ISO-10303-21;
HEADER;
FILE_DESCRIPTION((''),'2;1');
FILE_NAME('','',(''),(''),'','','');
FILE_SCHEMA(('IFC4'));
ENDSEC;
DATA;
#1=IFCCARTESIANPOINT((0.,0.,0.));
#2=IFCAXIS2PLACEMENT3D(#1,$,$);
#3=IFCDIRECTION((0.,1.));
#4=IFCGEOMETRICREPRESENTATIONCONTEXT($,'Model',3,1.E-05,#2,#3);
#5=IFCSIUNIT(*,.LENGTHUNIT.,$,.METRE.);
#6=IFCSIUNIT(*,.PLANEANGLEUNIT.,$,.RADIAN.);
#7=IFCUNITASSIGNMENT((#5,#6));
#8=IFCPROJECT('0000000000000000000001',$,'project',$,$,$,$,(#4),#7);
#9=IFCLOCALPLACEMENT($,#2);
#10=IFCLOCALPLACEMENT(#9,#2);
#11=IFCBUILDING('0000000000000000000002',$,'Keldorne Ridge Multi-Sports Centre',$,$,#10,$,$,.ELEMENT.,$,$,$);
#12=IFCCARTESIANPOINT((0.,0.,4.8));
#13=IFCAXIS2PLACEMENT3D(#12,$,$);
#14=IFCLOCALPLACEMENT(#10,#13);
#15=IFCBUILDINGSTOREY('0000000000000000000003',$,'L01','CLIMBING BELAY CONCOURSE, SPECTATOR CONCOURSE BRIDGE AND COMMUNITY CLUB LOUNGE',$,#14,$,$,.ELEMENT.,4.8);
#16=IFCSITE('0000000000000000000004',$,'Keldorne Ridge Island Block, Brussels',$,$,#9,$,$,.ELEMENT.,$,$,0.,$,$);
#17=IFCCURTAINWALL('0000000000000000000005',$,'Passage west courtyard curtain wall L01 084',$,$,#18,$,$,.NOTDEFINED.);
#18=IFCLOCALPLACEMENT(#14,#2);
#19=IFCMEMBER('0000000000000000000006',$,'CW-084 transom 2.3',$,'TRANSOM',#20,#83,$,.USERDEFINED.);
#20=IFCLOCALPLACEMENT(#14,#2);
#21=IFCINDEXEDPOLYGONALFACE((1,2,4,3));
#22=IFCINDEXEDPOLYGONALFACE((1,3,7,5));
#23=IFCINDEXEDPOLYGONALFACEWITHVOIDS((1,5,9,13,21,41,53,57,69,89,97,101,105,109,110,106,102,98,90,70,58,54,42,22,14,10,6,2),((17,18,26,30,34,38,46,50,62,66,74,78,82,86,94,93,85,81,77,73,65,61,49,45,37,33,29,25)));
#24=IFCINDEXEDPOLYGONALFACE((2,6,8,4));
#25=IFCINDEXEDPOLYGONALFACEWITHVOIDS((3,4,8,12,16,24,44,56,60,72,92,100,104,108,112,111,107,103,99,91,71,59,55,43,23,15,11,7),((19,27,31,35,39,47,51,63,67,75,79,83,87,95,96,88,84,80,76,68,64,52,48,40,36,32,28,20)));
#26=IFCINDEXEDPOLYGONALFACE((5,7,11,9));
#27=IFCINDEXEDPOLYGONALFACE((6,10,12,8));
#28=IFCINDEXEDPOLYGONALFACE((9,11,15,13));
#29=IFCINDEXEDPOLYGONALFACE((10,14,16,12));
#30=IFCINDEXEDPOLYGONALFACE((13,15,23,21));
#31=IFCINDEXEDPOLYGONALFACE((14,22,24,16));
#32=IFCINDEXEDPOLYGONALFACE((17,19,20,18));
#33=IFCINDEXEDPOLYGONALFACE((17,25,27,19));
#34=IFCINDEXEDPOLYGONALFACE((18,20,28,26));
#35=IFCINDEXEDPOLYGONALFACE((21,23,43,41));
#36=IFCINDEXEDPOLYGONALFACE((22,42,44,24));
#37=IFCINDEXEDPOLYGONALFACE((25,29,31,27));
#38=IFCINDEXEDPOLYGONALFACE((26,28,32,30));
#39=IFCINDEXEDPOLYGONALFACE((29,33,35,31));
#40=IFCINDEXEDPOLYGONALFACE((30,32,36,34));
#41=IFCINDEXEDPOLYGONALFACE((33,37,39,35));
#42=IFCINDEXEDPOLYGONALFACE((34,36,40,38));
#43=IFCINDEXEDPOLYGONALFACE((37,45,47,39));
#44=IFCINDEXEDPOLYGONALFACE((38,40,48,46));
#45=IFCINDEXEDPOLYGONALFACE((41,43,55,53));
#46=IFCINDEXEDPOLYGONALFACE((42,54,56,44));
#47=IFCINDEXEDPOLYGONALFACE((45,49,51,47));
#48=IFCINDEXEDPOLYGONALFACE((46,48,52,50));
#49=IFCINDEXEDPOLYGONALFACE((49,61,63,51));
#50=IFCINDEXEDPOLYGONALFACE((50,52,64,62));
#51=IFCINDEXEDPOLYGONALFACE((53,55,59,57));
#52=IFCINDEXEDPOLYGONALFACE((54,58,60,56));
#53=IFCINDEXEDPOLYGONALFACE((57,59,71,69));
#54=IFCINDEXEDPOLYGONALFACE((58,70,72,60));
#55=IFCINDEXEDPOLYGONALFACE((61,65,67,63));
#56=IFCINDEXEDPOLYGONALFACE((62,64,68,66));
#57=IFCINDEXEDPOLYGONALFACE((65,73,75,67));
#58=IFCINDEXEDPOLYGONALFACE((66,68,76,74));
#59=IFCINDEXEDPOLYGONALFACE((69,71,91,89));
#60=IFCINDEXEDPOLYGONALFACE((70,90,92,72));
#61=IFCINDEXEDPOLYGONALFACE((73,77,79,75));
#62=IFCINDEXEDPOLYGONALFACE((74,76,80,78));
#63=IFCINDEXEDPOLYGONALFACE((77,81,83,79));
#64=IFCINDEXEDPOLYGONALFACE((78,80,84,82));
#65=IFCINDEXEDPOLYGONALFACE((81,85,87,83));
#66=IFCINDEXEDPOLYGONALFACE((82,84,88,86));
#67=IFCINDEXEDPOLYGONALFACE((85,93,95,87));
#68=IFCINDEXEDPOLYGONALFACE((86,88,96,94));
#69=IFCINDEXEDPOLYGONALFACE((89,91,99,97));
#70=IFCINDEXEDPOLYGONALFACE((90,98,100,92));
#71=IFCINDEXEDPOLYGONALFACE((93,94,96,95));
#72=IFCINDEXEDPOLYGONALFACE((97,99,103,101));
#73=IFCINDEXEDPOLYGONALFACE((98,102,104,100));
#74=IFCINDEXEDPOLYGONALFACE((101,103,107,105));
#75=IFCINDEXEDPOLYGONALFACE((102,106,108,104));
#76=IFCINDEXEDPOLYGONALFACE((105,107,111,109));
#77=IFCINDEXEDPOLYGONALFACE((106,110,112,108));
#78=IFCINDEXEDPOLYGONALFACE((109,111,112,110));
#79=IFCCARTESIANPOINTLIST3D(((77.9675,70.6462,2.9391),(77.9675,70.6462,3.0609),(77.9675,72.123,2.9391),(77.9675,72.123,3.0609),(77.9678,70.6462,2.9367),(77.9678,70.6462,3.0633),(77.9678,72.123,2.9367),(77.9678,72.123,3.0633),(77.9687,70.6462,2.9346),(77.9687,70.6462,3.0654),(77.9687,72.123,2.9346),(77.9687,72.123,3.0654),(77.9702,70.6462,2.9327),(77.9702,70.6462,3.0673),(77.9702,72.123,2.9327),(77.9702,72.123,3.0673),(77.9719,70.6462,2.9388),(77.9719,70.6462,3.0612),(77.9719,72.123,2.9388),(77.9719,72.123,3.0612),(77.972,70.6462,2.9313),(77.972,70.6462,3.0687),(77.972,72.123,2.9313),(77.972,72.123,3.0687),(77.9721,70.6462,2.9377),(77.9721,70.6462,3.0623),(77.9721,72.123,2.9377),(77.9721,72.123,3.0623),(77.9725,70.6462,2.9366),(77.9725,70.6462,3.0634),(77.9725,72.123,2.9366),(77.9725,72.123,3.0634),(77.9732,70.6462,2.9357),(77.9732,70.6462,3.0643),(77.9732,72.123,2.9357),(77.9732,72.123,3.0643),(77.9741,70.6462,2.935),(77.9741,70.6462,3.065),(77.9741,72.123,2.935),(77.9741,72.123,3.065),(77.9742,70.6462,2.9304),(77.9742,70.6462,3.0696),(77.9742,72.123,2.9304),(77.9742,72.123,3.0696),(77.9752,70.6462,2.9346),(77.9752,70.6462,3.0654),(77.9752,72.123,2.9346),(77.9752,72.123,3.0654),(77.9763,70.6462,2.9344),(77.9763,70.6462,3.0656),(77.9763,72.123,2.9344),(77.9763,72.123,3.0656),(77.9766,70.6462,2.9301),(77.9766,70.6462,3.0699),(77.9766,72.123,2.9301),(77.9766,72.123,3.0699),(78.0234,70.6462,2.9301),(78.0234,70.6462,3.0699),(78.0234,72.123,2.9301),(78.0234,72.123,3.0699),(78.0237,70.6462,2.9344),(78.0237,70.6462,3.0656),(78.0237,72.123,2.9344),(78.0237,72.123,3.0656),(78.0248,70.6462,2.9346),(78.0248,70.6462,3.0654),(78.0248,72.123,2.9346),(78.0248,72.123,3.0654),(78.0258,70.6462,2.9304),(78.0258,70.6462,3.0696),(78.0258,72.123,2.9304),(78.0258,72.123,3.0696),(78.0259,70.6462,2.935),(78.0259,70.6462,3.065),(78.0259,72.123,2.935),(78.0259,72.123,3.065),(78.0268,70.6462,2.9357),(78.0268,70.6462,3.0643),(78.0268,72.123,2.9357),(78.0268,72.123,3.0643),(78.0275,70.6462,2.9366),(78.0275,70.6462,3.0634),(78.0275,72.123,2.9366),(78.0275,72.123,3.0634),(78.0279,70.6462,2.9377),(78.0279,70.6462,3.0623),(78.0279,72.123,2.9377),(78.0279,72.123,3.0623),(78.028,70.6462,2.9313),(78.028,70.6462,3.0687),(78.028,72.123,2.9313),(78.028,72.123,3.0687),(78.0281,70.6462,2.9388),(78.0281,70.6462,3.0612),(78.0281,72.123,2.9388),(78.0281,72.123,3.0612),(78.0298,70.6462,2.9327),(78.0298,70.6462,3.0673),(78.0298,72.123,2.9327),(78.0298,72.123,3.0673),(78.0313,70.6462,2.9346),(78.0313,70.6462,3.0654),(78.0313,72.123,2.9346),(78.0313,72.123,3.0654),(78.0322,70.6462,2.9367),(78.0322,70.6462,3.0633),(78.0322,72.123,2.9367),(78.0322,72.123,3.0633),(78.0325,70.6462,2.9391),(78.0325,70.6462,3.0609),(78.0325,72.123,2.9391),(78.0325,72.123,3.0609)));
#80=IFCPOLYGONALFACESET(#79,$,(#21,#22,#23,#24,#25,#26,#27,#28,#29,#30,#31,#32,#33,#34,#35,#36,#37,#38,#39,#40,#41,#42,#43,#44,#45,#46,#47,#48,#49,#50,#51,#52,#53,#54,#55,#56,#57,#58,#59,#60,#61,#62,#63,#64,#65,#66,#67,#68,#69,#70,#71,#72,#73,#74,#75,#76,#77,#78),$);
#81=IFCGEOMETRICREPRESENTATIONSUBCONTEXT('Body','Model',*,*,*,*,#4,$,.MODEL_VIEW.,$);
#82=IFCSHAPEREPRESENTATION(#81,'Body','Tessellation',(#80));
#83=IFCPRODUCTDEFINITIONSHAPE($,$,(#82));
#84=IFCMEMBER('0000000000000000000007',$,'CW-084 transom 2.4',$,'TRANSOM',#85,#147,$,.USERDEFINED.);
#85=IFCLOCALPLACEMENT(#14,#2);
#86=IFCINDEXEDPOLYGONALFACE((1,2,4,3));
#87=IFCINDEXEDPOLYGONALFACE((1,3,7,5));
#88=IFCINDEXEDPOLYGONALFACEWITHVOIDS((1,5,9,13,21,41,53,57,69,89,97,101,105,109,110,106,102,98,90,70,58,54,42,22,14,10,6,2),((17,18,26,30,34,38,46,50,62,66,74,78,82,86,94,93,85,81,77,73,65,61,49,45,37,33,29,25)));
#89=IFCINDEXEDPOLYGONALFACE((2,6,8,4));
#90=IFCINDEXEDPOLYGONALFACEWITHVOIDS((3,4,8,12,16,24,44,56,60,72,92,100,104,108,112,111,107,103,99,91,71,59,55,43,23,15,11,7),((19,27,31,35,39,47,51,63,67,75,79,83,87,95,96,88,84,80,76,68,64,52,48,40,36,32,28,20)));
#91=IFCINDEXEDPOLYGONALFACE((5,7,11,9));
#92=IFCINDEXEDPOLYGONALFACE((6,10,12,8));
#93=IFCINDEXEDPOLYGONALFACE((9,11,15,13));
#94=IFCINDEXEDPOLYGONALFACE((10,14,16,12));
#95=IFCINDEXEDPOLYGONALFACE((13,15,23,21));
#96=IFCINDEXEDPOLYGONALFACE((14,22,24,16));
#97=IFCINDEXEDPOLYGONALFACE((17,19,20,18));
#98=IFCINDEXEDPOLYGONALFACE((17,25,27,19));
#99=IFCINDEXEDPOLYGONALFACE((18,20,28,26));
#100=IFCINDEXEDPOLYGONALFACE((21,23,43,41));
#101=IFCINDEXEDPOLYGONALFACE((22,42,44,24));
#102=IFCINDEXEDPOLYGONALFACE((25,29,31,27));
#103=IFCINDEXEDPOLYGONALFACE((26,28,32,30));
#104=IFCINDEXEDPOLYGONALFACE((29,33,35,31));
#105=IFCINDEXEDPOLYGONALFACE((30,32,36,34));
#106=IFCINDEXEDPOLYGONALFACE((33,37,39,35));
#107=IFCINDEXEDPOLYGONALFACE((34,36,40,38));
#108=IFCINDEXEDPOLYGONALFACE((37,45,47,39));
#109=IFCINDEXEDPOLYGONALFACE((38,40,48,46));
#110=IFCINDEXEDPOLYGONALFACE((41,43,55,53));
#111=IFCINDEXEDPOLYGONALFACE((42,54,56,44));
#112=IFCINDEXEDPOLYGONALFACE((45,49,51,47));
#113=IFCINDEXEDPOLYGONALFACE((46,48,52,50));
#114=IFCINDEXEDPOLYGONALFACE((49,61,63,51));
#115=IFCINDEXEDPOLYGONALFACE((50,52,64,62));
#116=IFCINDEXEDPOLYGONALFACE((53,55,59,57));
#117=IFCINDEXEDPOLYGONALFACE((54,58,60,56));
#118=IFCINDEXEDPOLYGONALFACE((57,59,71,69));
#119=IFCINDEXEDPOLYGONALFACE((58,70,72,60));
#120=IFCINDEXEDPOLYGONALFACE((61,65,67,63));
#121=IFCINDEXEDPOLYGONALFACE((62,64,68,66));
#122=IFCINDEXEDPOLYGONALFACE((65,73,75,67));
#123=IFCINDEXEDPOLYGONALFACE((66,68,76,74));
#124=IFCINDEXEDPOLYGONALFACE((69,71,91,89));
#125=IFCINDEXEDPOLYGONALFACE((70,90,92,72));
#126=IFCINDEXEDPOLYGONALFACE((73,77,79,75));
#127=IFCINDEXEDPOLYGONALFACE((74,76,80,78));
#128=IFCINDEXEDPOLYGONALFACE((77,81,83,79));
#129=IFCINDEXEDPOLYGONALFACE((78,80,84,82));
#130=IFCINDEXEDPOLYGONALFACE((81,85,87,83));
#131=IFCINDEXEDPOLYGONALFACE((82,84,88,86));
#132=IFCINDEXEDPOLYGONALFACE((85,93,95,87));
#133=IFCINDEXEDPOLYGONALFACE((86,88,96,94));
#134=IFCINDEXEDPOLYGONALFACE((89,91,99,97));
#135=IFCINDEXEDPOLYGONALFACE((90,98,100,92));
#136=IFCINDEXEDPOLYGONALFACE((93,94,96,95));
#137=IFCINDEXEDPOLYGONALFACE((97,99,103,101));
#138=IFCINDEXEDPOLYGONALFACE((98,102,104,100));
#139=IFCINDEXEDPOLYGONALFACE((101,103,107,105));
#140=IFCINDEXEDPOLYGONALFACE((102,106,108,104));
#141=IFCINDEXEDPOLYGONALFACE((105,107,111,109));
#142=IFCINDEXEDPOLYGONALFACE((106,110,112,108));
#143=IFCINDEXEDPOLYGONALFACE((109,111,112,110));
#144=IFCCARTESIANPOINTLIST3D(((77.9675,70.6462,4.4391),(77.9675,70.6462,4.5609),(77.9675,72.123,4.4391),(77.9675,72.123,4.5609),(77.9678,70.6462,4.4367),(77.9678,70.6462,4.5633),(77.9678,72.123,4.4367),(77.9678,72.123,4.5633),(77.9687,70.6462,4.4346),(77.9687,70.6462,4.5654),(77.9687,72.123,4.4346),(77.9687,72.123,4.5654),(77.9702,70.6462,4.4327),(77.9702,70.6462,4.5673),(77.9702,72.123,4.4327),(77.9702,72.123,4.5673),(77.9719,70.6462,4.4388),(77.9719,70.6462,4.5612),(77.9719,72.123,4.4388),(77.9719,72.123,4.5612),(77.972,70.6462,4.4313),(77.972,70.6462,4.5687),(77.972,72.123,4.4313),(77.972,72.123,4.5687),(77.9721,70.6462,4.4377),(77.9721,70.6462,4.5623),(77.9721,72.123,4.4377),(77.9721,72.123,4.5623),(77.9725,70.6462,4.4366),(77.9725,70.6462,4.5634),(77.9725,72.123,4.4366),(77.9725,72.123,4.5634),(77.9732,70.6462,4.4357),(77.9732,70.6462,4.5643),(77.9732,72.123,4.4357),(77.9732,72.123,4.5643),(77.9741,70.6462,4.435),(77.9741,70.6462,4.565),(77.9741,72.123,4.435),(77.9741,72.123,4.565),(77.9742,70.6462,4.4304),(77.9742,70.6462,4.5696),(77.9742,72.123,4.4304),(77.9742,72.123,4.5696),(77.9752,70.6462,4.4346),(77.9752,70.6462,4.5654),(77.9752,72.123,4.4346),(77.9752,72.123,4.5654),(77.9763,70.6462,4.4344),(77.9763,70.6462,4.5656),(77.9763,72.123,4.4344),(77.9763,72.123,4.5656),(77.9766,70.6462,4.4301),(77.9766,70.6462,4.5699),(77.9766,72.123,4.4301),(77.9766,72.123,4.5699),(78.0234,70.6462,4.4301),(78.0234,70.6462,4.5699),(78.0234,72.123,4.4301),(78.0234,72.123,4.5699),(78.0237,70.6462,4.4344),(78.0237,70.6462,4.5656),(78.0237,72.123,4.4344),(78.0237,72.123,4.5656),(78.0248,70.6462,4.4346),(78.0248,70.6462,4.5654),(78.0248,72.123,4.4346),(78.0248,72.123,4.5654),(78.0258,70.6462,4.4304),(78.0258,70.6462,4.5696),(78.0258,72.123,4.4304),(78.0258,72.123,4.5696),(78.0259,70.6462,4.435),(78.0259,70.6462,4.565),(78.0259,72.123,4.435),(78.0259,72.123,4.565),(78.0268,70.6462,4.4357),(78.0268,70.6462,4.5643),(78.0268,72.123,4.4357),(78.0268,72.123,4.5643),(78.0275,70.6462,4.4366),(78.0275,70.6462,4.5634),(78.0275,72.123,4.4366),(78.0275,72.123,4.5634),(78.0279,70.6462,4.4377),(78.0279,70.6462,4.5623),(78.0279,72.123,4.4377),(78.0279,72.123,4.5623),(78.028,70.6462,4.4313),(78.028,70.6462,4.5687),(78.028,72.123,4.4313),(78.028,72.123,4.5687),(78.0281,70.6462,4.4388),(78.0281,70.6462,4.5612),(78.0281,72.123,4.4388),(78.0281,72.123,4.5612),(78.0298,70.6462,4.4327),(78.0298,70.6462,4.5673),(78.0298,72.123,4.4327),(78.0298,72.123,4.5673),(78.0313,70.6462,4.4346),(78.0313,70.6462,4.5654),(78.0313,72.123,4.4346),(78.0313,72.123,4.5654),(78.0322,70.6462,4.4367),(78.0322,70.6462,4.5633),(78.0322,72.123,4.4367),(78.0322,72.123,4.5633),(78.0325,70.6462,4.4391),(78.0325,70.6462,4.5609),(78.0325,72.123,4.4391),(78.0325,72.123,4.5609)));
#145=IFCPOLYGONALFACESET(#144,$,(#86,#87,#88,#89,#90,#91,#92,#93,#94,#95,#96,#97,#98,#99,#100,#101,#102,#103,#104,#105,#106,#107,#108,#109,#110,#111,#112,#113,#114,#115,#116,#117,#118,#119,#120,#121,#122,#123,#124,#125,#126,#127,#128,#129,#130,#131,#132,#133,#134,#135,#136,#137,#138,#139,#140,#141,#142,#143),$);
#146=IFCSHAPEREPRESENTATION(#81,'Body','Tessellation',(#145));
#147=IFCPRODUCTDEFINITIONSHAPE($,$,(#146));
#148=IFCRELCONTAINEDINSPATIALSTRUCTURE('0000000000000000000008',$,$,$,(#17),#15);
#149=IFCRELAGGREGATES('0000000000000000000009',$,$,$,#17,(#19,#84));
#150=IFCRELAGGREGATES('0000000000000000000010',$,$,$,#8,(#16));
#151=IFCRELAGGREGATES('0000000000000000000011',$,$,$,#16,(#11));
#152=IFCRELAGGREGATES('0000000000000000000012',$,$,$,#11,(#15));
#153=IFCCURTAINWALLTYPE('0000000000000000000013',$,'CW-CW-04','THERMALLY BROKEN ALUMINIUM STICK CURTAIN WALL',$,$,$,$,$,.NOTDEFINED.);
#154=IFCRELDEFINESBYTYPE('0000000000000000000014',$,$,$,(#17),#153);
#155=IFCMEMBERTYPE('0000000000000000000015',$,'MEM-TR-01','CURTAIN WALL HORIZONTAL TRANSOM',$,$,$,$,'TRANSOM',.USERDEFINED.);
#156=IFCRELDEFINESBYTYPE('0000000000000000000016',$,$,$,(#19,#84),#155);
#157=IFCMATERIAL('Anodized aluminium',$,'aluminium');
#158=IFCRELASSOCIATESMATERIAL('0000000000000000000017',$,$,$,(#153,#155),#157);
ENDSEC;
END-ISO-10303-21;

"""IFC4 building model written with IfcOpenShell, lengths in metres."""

from ifc_helpers import new_model, si_unit, direction, frame, origin, origin_2d, place, context, subcontext, project, spatial, hollow_rectangle, extrude, material, material_profile, profile_set, type_object, element, aggregate, save


model = new_model("IFC4")

# Units and contexts
model_context = context("Model", 3, precision=1e-05, world=origin(), true_north=direction((0.0, 1.0)))
body_context = subcontext(model_context, "Body", "Model", "MODEL_VIEW")
ifc_project = project(units=[si_unit("LENGTHUNIT", "METRE"), si_unit("PLANEANGLEUNIT", "RADIAN")], contexts=[model_context])

# Site, building, storey
site_placement = place(None, origin())
site = spatial("IfcSite", under=ifc_project, at=site_placement, Name="Keldorne Ridge Island Block, Brussels", CompositionType="ELEMENT", RefElevation=0.0)
building_placement = place(site_placement, origin())
building = spatial("IfcBuilding", under=site, at=building_placement, Name="Keldorne Ridge Multi-Sports Centre", CompositionType="ELEMENT")
storey_placement = place(building_placement, frame((0.0, 0.0, 4.8)))
storey = spatial("IfcBuildingStorey", under=building, at=storey_placement, Name="L01", Description="CLIMBING BELAY CONCOURSE, SPECTATOR CONCOURSE BRIDGE AND COMMUNITY CLUB LOUNGE", CompositionType="ELEMENT", Elevation=4.8)

# Curtain wall, members
ifc_material_1 = material(Name="Anodized aluminium", Category="aluminium")
curtain_wall_type = type_object("IfcCurtainWallType", Name="CW-CW-04", Description="THERMALLY BROKEN ALUMINIUM STICK CURTAIN WALL", PredefinedType="NOTDEFINED", material=ifc_material_1)
curtain_wall_placement = place(storey_placement, origin())
curtain_wall = element("IfcCurtainWall", 1, at=curtain_wall_placement, inside=storey, type_object=curtain_wall_type, Name="Passage west courtyard curtain wall L01 084", PredefinedType="NOTDEFINED")
ifc_material_profile_1 = material_profile(ifc_material_1, hollow_rectangle(XDim=0.0649, YDim=0.1399, WallThickness=0.0044, InnerFilletRadius=0.0044, OuterFilletRadius=0.009, at=origin_2d()), Name="ALU TRANSOM 140x65x4.5")
ifc_profile_set_1 = profile_set([ifc_material_profile_1], Name="Anodized aluminium")
member_type_1 = type_object("IfcMemberType", Name="MEM-TR-01", Description="CURTAIN WALL HORIZONTAL TRANSOM", ElementType="TRANSOM", PredefinedType="USERDEFINED", material=ifc_profile_set_1)
member_1_placement = place(storey_placement, frame((78.0, 72.123, 3.0), z_axis=(0.0, -1.0, 0.0), x_axis=(1.0, 0.0, 0.0)))
member_1 = element("IfcMember", 2, at=member_1_placement, type_object=member_type_1, Name="CW-084 transom 2.3", ObjectType="TRANSOM", PredefinedType="USERDEFINED", context=body_context, shape_type="SweptSolid", body=[
    extrude(hollow_rectangle(XDim=0.0649, YDim=0.1399, WallThickness=0.0044, InnerFilletRadius=0.0044, OuterFilletRadius=0.009, at=origin_2d()), origin(), (0.0, 0.0, 1.0), 1.4768),
])
member_2_placement = place(storey_placement, frame((78.0, 72.123, 4.5), z_axis=(0.0, -1.0, 0.0), x_axis=(1.0, 0.0, 0.0)))
member_2 = element("IfcMember", 3, at=member_2_placement, type_object=member_type_1, Name="CW-084 transom 2.4", ObjectType="TRANSOM", PredefinedType="USERDEFINED", context=body_context, shape_type="SweptSolid", body=[
    extrude(hollow_rectangle(XDim=0.0649, YDim=0.1399, WallThickness=0.0044, InnerFilletRadius=0.0044, OuterFilletRadius=0.009, at=origin_2d()), origin(), (0.0, 0.0, 1.0), 1.4768),
])
aggregate(curtain_wall, [member_1, member_2])

save(model, "model.ifc")
